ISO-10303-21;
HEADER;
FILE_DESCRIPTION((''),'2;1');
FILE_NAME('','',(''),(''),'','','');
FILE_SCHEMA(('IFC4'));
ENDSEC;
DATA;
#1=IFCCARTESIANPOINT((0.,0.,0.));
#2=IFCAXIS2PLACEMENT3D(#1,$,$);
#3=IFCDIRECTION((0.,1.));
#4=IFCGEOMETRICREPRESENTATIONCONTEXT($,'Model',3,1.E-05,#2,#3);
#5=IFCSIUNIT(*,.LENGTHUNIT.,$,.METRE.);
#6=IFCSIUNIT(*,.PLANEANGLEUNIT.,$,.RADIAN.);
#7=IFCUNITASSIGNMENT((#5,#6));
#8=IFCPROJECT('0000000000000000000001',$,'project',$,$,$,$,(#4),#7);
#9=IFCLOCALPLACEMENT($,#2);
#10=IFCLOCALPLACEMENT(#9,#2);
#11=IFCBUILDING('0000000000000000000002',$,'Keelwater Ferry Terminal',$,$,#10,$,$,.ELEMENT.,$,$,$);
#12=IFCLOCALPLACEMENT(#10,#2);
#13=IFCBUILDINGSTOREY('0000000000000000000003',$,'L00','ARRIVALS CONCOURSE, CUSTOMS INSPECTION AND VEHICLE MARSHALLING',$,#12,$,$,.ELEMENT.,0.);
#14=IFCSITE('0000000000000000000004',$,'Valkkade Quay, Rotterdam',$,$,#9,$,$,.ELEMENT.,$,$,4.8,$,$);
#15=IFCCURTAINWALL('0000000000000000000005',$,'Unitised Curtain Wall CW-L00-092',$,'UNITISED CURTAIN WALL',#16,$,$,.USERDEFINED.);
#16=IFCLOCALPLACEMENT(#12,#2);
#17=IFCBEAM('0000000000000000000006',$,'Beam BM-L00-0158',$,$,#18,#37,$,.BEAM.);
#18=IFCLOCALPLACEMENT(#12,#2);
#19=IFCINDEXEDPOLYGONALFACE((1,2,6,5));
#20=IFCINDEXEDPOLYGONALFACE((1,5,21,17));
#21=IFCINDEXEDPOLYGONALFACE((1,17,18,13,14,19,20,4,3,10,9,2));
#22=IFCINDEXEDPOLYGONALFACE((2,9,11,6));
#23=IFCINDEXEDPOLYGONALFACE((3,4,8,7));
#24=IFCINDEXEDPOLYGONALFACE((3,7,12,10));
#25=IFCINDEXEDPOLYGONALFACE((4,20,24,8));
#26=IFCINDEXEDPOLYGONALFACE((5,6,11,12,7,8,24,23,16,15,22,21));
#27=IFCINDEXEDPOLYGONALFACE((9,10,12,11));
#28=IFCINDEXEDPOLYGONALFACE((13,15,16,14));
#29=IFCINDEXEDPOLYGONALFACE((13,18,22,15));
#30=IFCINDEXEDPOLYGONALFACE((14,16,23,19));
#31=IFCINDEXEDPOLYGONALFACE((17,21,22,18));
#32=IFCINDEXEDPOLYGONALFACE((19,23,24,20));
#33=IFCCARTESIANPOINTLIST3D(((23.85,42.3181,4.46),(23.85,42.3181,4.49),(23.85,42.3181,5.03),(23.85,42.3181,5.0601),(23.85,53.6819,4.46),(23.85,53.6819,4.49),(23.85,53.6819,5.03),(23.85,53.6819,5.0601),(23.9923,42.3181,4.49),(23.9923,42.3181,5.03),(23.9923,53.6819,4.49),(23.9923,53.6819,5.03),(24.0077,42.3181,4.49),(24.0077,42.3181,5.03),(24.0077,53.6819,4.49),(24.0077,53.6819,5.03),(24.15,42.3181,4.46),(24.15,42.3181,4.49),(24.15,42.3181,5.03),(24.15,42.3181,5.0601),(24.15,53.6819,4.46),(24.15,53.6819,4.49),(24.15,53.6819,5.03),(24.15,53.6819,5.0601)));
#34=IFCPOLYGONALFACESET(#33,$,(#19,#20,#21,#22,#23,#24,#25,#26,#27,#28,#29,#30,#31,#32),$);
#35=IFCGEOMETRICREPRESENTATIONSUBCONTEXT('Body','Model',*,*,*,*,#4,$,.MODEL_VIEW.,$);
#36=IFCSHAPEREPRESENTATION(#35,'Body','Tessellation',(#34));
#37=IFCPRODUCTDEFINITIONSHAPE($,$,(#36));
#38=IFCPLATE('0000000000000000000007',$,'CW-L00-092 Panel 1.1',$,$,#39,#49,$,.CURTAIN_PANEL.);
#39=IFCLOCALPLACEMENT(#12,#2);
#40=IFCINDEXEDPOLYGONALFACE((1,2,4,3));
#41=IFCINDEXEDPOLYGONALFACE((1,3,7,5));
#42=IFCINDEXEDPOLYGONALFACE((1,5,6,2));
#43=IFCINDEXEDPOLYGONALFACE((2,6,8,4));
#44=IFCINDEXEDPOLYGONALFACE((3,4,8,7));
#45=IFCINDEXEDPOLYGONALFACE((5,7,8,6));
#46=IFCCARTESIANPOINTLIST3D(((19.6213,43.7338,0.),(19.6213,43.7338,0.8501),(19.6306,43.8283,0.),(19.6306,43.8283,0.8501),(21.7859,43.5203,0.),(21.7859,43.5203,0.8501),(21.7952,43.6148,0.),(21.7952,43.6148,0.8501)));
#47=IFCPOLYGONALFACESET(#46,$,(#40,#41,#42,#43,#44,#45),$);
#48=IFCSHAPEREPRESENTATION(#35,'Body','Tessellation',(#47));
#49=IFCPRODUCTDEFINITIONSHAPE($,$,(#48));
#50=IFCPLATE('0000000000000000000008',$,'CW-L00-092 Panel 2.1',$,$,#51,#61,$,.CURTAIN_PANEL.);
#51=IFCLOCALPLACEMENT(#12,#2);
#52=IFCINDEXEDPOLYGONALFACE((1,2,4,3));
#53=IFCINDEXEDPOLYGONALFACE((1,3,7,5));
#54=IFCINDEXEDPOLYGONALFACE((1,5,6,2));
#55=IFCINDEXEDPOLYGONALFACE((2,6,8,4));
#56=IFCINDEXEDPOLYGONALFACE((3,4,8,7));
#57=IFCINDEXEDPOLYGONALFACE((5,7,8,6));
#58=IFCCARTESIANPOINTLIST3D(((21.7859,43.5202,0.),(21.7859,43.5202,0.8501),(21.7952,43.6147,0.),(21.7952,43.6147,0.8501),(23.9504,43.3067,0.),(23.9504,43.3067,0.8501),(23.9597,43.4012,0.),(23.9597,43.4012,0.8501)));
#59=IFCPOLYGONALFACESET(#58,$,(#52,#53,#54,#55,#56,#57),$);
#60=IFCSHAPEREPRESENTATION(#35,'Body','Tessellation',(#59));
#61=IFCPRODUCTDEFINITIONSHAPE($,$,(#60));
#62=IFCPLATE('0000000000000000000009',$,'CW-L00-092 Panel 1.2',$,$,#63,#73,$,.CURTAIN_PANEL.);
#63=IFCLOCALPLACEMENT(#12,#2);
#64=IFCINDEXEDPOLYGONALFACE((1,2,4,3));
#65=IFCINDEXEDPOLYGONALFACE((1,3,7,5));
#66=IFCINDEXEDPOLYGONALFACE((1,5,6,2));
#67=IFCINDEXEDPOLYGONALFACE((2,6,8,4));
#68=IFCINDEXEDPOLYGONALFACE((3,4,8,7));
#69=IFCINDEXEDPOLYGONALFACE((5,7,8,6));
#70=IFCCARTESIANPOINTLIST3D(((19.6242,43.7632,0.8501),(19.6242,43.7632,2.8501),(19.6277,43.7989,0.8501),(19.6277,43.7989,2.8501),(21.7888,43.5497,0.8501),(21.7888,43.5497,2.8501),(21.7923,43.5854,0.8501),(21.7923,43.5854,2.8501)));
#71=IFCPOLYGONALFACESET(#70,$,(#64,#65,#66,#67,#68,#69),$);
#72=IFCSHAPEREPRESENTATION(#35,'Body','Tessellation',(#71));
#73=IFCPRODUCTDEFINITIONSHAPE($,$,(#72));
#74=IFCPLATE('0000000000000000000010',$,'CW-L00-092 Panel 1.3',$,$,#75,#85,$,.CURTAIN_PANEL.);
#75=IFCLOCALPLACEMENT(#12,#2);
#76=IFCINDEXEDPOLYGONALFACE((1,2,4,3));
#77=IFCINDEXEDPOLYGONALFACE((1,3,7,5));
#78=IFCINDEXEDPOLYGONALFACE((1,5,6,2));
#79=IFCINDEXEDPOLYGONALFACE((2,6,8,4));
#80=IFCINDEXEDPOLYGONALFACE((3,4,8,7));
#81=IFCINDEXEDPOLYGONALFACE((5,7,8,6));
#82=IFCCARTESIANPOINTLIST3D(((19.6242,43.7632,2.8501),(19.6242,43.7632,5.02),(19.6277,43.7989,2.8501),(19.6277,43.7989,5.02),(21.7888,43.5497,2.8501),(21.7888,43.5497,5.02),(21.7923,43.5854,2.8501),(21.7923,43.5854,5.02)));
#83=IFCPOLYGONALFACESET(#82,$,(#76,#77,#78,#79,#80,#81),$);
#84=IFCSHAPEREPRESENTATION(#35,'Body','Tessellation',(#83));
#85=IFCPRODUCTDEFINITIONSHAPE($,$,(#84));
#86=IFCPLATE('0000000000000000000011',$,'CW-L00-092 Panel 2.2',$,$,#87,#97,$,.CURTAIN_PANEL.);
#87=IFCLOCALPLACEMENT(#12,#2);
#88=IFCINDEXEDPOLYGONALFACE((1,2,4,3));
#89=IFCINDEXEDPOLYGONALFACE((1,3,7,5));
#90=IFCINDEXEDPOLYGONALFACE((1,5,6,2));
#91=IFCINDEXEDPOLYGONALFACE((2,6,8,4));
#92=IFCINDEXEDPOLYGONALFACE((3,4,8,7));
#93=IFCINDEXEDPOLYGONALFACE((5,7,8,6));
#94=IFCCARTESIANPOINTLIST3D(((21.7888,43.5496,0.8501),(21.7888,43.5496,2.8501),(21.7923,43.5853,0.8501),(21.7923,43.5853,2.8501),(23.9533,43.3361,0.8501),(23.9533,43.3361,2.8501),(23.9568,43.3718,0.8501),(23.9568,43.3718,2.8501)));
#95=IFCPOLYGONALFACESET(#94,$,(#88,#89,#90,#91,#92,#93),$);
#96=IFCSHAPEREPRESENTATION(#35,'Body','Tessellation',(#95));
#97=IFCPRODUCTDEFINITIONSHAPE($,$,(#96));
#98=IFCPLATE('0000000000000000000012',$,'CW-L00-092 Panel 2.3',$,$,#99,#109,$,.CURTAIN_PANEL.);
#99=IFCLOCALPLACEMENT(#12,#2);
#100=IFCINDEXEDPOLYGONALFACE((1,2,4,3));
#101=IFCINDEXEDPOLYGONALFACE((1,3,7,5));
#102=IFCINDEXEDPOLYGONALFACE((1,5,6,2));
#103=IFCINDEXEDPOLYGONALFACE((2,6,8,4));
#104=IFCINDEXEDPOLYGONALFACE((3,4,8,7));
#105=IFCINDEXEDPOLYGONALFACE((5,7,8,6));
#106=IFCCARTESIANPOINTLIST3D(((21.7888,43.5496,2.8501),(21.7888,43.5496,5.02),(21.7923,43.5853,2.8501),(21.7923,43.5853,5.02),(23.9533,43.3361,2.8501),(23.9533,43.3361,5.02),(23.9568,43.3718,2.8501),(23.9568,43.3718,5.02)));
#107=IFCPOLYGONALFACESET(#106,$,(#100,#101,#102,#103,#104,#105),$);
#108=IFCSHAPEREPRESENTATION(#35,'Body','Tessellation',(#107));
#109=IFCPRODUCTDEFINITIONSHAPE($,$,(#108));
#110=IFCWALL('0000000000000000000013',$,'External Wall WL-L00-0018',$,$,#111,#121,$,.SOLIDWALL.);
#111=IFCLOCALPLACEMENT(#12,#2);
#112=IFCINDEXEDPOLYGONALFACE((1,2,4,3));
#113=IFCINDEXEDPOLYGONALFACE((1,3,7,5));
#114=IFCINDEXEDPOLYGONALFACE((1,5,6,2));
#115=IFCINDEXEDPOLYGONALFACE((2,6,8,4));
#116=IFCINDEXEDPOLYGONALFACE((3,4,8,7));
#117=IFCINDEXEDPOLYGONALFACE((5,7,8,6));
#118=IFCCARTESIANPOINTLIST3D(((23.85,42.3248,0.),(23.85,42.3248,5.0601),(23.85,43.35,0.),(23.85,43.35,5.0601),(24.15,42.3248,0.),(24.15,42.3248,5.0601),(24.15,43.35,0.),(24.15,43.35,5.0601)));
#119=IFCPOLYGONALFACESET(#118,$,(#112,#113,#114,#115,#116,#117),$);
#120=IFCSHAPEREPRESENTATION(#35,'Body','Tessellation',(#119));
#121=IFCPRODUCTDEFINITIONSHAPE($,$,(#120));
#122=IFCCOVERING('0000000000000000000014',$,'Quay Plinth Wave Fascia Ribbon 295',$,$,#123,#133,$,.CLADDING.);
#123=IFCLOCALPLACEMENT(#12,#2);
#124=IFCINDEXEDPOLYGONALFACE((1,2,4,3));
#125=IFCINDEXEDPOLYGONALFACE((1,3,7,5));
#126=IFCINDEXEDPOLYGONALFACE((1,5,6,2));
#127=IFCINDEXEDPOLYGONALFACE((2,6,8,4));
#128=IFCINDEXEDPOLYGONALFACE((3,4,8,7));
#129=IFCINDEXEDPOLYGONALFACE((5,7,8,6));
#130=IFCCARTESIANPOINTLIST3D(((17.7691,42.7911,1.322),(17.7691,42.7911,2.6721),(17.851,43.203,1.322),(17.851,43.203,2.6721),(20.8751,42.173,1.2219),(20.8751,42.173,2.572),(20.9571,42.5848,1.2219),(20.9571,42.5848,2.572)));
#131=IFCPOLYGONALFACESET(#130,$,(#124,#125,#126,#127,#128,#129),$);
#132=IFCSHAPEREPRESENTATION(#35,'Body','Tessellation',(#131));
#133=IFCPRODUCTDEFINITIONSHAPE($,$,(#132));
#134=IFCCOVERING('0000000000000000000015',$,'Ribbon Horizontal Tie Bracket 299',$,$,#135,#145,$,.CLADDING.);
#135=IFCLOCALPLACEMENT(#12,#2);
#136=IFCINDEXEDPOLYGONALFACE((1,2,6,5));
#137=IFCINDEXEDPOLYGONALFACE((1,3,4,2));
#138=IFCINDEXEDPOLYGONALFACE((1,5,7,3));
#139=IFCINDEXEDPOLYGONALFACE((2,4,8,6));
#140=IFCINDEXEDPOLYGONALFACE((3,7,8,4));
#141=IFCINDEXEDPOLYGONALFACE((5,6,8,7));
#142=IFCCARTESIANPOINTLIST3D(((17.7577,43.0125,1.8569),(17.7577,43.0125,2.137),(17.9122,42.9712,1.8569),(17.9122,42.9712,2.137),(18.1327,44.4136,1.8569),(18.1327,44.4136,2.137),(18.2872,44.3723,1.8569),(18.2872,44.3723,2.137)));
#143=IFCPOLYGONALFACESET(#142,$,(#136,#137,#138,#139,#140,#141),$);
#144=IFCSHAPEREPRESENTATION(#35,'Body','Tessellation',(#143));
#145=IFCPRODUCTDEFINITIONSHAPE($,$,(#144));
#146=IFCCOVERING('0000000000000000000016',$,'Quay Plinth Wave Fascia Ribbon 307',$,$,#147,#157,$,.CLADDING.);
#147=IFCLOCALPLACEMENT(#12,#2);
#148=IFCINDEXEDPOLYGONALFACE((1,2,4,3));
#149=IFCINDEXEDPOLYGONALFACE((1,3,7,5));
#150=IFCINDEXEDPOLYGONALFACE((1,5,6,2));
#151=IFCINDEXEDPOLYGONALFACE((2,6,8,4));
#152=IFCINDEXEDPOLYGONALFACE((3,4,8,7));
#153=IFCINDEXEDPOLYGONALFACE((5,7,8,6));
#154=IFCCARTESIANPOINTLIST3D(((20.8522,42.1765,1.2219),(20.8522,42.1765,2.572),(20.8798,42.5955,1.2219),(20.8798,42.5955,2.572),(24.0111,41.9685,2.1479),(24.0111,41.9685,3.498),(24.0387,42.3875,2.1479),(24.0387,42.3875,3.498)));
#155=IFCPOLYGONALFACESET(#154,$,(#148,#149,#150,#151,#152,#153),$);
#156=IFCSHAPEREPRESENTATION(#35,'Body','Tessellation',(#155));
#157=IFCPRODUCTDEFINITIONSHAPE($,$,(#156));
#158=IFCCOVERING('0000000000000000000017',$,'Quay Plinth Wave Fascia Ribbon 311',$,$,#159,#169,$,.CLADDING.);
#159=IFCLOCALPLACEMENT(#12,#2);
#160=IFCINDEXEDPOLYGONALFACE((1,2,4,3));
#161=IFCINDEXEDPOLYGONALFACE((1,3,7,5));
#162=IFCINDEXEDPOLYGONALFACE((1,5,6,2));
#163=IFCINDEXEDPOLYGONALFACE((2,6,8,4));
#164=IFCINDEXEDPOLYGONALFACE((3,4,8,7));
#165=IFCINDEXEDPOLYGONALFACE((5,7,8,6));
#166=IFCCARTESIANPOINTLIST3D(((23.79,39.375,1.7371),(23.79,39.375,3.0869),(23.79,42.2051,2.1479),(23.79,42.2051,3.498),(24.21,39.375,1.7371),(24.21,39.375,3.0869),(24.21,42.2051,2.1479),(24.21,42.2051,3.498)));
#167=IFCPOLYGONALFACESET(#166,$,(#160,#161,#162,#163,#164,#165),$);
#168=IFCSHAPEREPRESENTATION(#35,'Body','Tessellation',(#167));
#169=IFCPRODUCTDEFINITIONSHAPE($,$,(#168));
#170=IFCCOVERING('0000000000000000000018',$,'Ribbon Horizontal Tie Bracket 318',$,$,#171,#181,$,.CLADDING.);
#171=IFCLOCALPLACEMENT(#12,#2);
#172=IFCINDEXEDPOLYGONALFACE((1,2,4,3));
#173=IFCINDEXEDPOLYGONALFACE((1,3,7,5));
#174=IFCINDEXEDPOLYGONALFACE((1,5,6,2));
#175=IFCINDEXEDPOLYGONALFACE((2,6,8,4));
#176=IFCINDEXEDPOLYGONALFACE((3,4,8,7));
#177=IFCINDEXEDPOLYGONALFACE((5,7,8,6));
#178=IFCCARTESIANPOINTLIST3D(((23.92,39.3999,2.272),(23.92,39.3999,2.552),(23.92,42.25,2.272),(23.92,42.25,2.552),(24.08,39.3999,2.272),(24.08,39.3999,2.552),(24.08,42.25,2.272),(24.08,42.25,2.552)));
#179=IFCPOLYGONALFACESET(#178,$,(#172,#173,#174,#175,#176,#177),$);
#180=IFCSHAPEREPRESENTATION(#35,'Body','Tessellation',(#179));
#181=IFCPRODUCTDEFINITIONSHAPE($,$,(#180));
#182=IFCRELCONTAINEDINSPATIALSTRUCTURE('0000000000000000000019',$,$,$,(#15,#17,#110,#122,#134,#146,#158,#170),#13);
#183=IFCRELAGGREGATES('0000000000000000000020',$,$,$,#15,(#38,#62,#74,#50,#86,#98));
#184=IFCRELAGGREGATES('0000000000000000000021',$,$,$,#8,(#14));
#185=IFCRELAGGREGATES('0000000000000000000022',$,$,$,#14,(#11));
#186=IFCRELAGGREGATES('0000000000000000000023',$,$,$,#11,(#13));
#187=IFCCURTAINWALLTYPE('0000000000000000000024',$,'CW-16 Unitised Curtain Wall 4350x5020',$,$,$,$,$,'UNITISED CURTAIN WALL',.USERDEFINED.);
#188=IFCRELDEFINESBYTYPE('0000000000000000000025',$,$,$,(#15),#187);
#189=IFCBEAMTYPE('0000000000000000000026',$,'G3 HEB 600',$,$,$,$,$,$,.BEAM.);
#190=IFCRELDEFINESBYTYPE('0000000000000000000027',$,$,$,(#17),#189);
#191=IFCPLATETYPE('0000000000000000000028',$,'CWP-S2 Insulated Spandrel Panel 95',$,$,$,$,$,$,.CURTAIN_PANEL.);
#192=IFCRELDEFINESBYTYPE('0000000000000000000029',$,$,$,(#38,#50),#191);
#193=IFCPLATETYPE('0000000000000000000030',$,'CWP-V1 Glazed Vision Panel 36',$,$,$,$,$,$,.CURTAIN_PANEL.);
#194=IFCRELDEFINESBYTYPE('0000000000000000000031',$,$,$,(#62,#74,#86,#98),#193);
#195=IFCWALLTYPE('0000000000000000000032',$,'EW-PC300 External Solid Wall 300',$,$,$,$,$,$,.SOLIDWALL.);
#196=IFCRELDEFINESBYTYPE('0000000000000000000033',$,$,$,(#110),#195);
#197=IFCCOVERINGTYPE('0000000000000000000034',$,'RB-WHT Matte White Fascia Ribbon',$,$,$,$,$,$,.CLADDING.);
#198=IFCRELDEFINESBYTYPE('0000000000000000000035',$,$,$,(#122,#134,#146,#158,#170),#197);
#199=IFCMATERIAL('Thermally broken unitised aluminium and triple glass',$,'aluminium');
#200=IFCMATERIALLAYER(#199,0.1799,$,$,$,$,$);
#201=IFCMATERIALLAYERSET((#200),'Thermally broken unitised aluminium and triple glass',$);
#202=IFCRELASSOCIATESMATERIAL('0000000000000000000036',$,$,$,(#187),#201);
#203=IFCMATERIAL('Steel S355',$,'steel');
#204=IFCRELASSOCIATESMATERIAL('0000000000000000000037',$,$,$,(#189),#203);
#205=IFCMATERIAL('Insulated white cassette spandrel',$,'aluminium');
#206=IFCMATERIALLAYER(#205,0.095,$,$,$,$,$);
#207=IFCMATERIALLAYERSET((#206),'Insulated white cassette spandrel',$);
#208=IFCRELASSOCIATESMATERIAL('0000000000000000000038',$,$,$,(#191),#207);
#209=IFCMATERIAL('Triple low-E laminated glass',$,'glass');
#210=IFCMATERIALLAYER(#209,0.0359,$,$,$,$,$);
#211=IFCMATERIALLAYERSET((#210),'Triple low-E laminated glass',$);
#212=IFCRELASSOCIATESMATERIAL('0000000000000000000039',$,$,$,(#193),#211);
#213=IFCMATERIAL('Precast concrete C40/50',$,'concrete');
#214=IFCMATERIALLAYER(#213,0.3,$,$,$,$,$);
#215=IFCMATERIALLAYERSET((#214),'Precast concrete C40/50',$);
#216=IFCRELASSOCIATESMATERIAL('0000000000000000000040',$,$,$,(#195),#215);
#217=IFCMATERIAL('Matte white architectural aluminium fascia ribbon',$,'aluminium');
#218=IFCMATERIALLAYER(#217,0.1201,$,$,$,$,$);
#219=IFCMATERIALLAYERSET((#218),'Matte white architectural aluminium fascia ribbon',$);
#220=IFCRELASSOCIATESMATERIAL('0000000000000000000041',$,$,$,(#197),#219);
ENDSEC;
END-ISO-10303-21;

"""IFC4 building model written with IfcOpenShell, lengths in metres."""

from ifc_helpers import new_model, si_unit, direction, frame, frame_2d, origin, origin_2d, place, context, subcontext, project, spatial, polyline, rectangle, i_section, outline, extrude, material, layer, layer_set, material_profile, profile_set, type_object, element, aggregate, save


model = new_model("IFC4")

# Units and contexts
model_context = context("Model", 3, precision=1e-05, world=origin(), true_north=direction((0.0, 1.0)))
body_context = subcontext(model_context, "Body", "Model", "MODEL_VIEW")
ifc_project = project(units=[si_unit("LENGTHUNIT", "METRE"), si_unit("PLANEANGLEUNIT", "RADIAN")], contexts=[model_context])

# Site, building, storey
site_placement = place(None, origin())
site = spatial("IfcSite", under=ifc_project, at=site_placement, Name="Valkkade Quay, Rotterdam", CompositionType="ELEMENT", RefElevation=4.8)
building_placement = place(site_placement, origin())
building = spatial("IfcBuilding", under=site, at=building_placement, Name="Keelwater Ferry Terminal", CompositionType="ELEMENT")
storey_placement = place(building_placement, origin())
storey = spatial("IfcBuildingStorey", under=building, at=storey_placement, Name="L00", Description="ARRIVALS CONCOURSE, CUSTOMS INSPECTION AND VEHICLE MARSHALLING", CompositionType="ELEMENT", Elevation=0.0)

# Curtain wall
ifc_material_1 = material(Name="Thermally broken unitised aluminium and triple glass", Category="aluminium")
ifc_layer_1 = layer(ifc_material_1, 0.1799)
ifc_layer_set_1 = layer_set([ifc_layer_1], Name="Thermally broken unitised aluminium and triple glass")
curtain_wall_type = type_object("IfcCurtainWallType", Name="CW-16 Unitised Curtain Wall 4350x5020", ElementType="UNITISED CURTAIN WALL", PredefinedType="USERDEFINED", material=ifc_layer_set_1)
curtain_wall_placement = place(storey_placement, origin())
curtain_wall = element("IfcCurtainWall", 1, at=curtain_wall_placement, inside=storey, type_object=curtain_wall_type, Name="Unitised Curtain Wall CW-L00-092", ObjectType="UNITISED CURTAIN WALL", PredefinedType="USERDEFINED")

# Beam
ifc_material_2 = material(Name="Steel S355", Category="steel")
ifc_material_profile_1 = material_profile(ifc_material_2, i_section(OverallWidth=0.3, OverallDepth=0.6001, WebThickness=0.0154, FlangeThickness=0.03, at=origin_2d()), Name="HEB 600")
ifc_profile_set_1 = profile_set([ifc_material_profile_1], Name="Steel S355")
beam_type = type_object("IfcBeamType", Name="G3 HEB 600", PredefinedType="BEAM", material=ifc_profile_set_1)
beam_placement = place(storey_placement, frame((24.0, 42.3181, 4.76), z_axis=(0.0, 1.0, 0.0), x_axis=(-1.0, 0.0, 0.0)))
element("IfcBeam", 2, at=beam_placement, inside=storey, type_object=beam_type, Name="Beam BM-L00-0158", PredefinedType="BEAM", context=body_context, shape_type="SweptSolid", body=[
    extrude(i_section(OverallWidth=0.3, OverallDepth=0.6001, WebThickness=0.0154, FlangeThickness=0.03, at=origin_2d()), origin(), (0.0, 0.0, 1.0), 11.3638),
])

# Plates
ifc_material_3 = material(Name="Insulated white cassette spandrel", Category="aluminium")
ifc_layer_2 = layer(ifc_material_3, 0.095)
ifc_layer_set_2 = layer_set([ifc_layer_2], Name="Insulated white cassette spandrel")
plate_type_1 = type_object("IfcPlateType", Name="CWP-S2 Insulated Spandrel Panel 95", PredefinedType="CURTAIN_PANEL", material=ifc_layer_set_2)
plate_1_placement = place(storey_placement, frame((20.7083, 43.6743, 0.0), z_axis=(0.0, 0.0, 1.0), x_axis=(0.995171, -0.098161, 0.0)))
plate_1 = element("IfcPlate", 3, at=plate_1_placement, type_object=plate_type_1, Name="CW-L00-092 Panel 1.1", PredefinedType="CURTAIN_PANEL", context=body_context, shape_type="SweptSolid", body=[
    extrude(rectangle(XDim=2.175, YDim=0.095, at=origin_2d()), origin(), (0.0, 0.0, 1.0), 0.8501),
])
plate_2_placement = place(storey_placement, frame((22.8728, 43.4607, 0.0), z_axis=(0.0, 0.0, 1.0), x_axis=(0.995171, -0.098161, 0.0)))
plate_2 = element("IfcPlate", 4, at=plate_2_placement, type_object=plate_type_1, Name="CW-L00-092 Panel 2.1", PredefinedType="CURTAIN_PANEL", context=body_context, shape_type="SweptSolid", body=[
    extrude(rectangle(XDim=2.175, YDim=0.095, at=origin_2d()), origin(), (0.0, 0.0, 1.0), 0.8501),
])
ifc_material_4 = material(Name="Triple low-E laminated glass", Category="glass")
ifc_layer_3 = layer(ifc_material_4, 0.0359)
ifc_layer_set_3 = layer_set([ifc_layer_3], Name="Triple low-E laminated glass")
plate_type_2 = type_object("IfcPlateType", Name="CWP-V1 Glazed Vision Panel 36", PredefinedType="CURTAIN_PANEL", material=ifc_layer_set_3)
plate_3_placement = place(storey_placement, frame((20.7083, 43.6743, 0.8501), z_axis=(0.0, 0.0, 1.0), x_axis=(0.995171, -0.098161, 0.0)))
plate_3 = element("IfcPlate", 5, at=plate_3_placement, type_object=plate_type_2, Name="CW-L00-092 Panel 1.2", PredefinedType="CURTAIN_PANEL", context=body_context, shape_type="SweptSolid", body=[
    extrude(rectangle(XDim=2.175, YDim=0.0359, at=origin_2d()), origin(), (0.0, 0.0, 1.0), 2.0),
])
plate_4_placement = place(storey_placement, frame((20.7083, 43.6743, 2.8501), z_axis=(0.0, 0.0, 1.0), x_axis=(0.995171, -0.098161, 0.0)))
plate_4 = element("IfcPlate", 6, at=plate_4_placement, type_object=plate_type_2, Name="CW-L00-092 Panel 1.3", PredefinedType="CURTAIN_PANEL", context=body_context, shape_type="SweptSolid", body=[
    extrude(rectangle(XDim=2.175, YDim=0.0359, at=origin_2d()), origin(), (0.0, 0.0, 1.0), 2.1699),
])
plate_5_placement = place(storey_placement, frame((22.8728, 43.4607, 0.8501), z_axis=(0.0, 0.0, 1.0), x_axis=(0.995171, -0.098161, 0.0)))
plate_5 = element("IfcPlate", 7, at=plate_5_placement, type_object=plate_type_2, Name="CW-L00-092 Panel 2.2", PredefinedType="CURTAIN_PANEL", context=body_context, shape_type="SweptSolid", body=[
    extrude(rectangle(XDim=2.175, YDim=0.0359, at=origin_2d()), origin(), (0.0, 0.0, 1.0), 2.0),
])
plate_6_placement = place(storey_placement, frame((22.8728, 43.4607, 2.8501), z_axis=(0.0, 0.0, 1.0), x_axis=(0.995171, -0.098161, 0.0)))
plate_6 = element("IfcPlate", 8, at=plate_6_placement, type_object=plate_type_2, Name="CW-L00-092 Panel 2.3", PredefinedType="CURTAIN_PANEL", context=body_context, shape_type="SweptSolid", body=[
    extrude(rectangle(XDim=2.175, YDim=0.0359, at=origin_2d()), origin(), (0.0, 0.0, 1.0), 2.1699),
])
aggregate(curtain_wall, [plate_1, plate_3, plate_4, plate_2, plate_5, plate_6])

# Wall
ifc_material_5 = material(Name="Precast concrete C40/50", Category="concrete")
ifc_layer_4 = layer(ifc_material_5, 0.3)
ifc_layer_set_4 = layer_set([ifc_layer_4], Name="Precast concrete C40/50")
wall_type = type_object("IfcWallType", Name="EW-PC300 External Solid Wall 300", PredefinedType="SOLIDWALL", material=ifc_layer_set_4)
wall_placement = place(storey_placement, frame((24.0, 43.3501, 0.0), z_axis=(0.0, 0.0, 1.0), x_axis=(0.0, -1.0, 0.0)))
element("IfcWall", 9, at=wall_placement, inside=storey, type_object=wall_type, Name="External Wall WL-L00-0018", PredefinedType="SOLIDWALL", context=body_context, shape_type="SweptSolid", body=[
    extrude(rectangle(XDim=1.0251, YDim=0.3, at=frame_2d((0.5127, 0.0))), origin(), (0.0, 0.0, 1.0), 5.0601),
])

# Coverings
ifc_material_6 = material(Name="Matte white architectural aluminium fascia ribbon", Category="aluminium")
ifc_layer_5 = layer(ifc_material_6, 0.1201)
ifc_layer_set_5 = layer_set([ifc_layer_5], Name="Matte white architectural aluminium fascia ribbon")
covering_type_1 = type_object("IfcCoveringType", Name="RB-WHT Matte White Fascia Ribbon", PredefinedType="CLADDING", material=ifc_layer_set_5)
covering_1_placement = place(storey_placement, frame((17.8101, 42.9971, 1.2219), z_axis=(0.0, 0.0, 1.0), x_axis=(0.980764, -0.195197, 0.0)))
element("IfcCovering", 10, at=covering_1_placement, inside=storey, type_object=covering_type_1, Name="Quay Plinth Wave Fascia Ribbon 295", PredefinedType="CLADDING", context=body_context, shape_type="SweptSolid", body=[
    extrude(outline(polyline([(0.0, 0.1001), (3.167, 0.0), (3.167, 1.3501), (0.0, 1.4502), (0.0, 0.1001)])), frame((0.0, 0.21, 0.0), z_axis=(0.0, -1.0, 0.0), x_axis=(1.0, 0.0, 0.0)), (0.0, 0.0, 1.0), 0.4199),
])
covering_2_placement = place(storey_placement, frame((17.835, 42.9919, 1.8569), z_axis=(0.0, 0.0, 1.0), x_axis=(0.258543, 0.966, 0.0)))
element("IfcCovering", 11, at=covering_2_placement, inside=storey, type_object=covering_type_1, Name="Ribbon Horizontal Tie Bracket 299", PredefinedType="CLADDING", context=body_context, shape_type="SweptSolid", body=[
    extrude(rectangle(XDim=1.4504, YDim=0.1599, at=frame_2d((0.7251, 0.0))), origin(), (0.0, 0.0, 1.0), 0.28),
])
covering_3_placement = place(storey_placement, frame((20.866, 42.386, 1.2219), z_axis=(0.0, 0.0, 1.0), x_axis=(0.997839, -0.065705, 0.0)))
element("IfcCovering", 12, at=covering_3_placement, inside=storey, type_object=covering_type_1, Name="Quay Plinth Wave Fascia Ribbon 307", PredefinedType="CLADDING", context=body_context, shape_type="SweptSolid", body=[
    extrude(outline(polyline([(0.0, 0.0), (3.1658, 0.926), (3.1658, 2.2761), (0.0, 1.3501), (0.0, 0.0)])), frame((0.0, 0.21, 0.0), z_axis=(0.0, -1.0, 0.0), x_axis=(1.0, 0.0, 0.0)), (0.0, 0.0, 1.0), 0.4199),
])
covering_4_placement = place(storey_placement, frame((24.0, 42.2051, 1.7371), z_axis=(0.0, 0.0, 1.0), x_axis=(0.0, -1.0, 0.0)))
element("IfcCovering", 13, at=covering_4_placement, inside=storey, type_object=covering_type_1, Name="Quay Plinth Wave Fascia Ribbon 311", PredefinedType="CLADDING", context=body_context, shape_type="SweptSolid", body=[
    extrude(outline(polyline([(0.0, 0.4109), (2.8301, 0.0), (2.8301, 1.3499), (0.0, 1.761), (0.0, 0.4109)])), frame((0.0, 0.21, 0.0), z_axis=(0.0, -1.0, 0.0), x_axis=(1.0, 0.0, 0.0)), (0.0, 0.0, 1.0), 0.4199),
])
covering_5_placement = place(storey_placement, frame((24.0, 39.3999, 2.272), z_axis=(0.0, 0.0, 1.0), x_axis=(0.0, 1.0, 0.0)))
element("IfcCovering", 14, at=covering_5_placement, inside=storey, type_object=covering_type_1, Name="Ribbon Horizontal Tie Bracket 318", PredefinedType="CLADDING", context=body_context, shape_type="SweptSolid", body=[
    extrude(rectangle(XDim=2.8501, YDim=0.1599, at=frame_2d((1.425, 0.0))), origin(), (0.0, 0.0, 1.0), 0.28),
])

save(model, "model.ifc")
